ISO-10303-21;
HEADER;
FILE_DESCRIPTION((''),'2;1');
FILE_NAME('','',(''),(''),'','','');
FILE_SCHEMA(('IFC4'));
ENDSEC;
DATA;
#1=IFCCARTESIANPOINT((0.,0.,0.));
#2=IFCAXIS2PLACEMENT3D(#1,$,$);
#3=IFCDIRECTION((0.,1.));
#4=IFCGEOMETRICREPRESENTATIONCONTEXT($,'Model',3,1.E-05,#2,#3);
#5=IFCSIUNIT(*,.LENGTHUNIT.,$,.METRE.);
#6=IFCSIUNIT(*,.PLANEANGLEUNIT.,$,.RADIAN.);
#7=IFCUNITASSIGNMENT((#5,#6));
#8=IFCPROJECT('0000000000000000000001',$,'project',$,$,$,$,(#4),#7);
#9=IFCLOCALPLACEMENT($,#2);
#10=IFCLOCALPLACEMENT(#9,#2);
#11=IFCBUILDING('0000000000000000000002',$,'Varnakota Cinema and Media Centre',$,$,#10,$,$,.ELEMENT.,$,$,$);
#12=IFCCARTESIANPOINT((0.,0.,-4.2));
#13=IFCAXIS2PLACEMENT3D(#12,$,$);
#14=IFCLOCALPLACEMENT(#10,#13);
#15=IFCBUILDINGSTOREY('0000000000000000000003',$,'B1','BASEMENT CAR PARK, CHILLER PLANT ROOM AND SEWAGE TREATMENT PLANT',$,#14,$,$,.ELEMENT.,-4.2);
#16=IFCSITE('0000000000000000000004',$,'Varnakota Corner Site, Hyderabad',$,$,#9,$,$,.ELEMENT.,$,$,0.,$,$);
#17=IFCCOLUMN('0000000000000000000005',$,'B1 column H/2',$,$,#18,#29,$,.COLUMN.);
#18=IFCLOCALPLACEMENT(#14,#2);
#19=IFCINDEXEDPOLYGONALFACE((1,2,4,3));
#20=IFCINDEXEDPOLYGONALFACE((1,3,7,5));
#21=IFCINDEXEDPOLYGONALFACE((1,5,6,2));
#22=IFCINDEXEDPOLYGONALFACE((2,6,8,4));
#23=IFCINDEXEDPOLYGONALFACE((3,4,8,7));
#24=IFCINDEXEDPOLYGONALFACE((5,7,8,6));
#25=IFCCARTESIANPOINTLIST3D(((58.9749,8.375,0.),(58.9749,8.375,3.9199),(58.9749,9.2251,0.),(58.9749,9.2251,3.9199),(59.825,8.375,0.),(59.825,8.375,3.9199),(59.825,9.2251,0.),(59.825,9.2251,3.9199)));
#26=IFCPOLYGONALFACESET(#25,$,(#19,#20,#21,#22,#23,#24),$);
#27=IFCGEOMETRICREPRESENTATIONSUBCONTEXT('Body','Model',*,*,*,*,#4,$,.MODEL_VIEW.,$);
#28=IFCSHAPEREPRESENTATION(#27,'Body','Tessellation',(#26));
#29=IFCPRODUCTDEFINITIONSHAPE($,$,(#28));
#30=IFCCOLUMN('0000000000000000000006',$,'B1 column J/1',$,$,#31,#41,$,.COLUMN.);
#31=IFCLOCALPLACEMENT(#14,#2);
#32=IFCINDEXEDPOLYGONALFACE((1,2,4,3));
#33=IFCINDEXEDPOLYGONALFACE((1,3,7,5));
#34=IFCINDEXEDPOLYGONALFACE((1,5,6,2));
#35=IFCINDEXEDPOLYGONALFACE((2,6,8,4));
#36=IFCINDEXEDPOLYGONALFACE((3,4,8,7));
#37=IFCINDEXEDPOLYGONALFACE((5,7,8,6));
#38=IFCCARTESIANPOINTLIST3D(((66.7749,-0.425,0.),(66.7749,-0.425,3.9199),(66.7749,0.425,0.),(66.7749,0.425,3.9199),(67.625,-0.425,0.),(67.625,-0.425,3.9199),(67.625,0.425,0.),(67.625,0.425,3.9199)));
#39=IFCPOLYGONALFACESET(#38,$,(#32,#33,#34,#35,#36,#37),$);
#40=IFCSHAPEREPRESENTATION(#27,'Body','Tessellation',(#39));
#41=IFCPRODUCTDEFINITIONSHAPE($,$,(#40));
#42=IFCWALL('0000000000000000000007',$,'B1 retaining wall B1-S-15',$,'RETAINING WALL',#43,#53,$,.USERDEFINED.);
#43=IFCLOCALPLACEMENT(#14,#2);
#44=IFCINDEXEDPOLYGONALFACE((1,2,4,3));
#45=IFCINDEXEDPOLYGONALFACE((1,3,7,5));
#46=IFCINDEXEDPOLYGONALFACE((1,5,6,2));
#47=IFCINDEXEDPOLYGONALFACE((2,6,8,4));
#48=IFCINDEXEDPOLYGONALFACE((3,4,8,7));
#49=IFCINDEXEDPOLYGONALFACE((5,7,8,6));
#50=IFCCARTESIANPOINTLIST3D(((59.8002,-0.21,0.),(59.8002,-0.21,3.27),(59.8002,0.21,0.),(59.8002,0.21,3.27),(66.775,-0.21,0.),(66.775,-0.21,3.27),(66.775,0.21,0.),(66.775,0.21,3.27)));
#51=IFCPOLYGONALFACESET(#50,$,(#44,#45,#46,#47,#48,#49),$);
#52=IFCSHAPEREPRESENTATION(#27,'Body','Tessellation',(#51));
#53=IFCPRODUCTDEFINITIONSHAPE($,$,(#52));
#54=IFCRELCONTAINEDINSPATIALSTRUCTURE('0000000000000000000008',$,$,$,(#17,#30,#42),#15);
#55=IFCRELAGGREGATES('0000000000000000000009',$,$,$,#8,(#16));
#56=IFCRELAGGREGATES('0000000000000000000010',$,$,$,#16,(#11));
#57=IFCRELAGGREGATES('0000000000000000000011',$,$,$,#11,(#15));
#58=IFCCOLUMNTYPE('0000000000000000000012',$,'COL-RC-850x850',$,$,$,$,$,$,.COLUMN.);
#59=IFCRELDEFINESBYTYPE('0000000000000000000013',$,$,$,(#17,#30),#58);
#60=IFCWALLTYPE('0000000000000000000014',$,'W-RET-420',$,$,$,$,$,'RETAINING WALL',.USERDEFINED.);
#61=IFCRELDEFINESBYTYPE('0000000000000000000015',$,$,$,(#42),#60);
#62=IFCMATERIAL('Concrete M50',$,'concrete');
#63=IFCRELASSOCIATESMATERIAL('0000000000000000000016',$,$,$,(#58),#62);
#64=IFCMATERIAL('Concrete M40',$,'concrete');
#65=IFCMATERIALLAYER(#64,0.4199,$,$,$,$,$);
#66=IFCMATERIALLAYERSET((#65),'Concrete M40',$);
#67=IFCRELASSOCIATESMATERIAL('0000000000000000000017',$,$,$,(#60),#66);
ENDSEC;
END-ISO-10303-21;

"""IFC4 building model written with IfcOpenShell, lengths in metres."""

from ifc_helpers import new_model, si_unit, direction, frame, frame_2d, origin, origin_2d, place, context, subcontext, project, spatial, rectangle, extrude, material, layer, layer_set, material_profile, profile_set, type_object, element, save


model = new_model("IFC4")

# Units and contexts
model_context = context("Model", 3, precision=1e-05, world=origin(), true_north=direction((0.0, 1.0)))
body_context = subcontext(model_context, "Body", "Model", "MODEL_VIEW")
ifc_project = project(units=[si_unit("LENGTHUNIT", "METRE"), si_unit("PLANEANGLEUNIT", "RADIAN")], contexts=[model_context])

# Site, building, storey
site_placement = place(None, origin())
site = spatial("IfcSite", under=ifc_project, at=site_placement, Name="Varnakota Corner Site, Hyderabad", CompositionType="ELEMENT", RefElevation=0.0)
building_placement = place(site_placement, origin())
building = spatial("IfcBuilding", under=site, at=building_placement, Name="Varnakota Cinema and Media Centre", CompositionType="ELEMENT")
storey_placement = place(building_placement, frame((0.0, 0.0, -4.2)))
storey = spatial("IfcBuildingStorey", under=building, at=storey_placement, Name="B1", Description="BASEMENT CAR PARK, CHILLER PLANT ROOM AND SEWAGE TREATMENT PLANT", CompositionType="ELEMENT", Elevation=-4.2)

# Columns
ifc_material_1 = material(Name="Concrete M50", Category="concrete")
ifc_material_profile_1 = material_profile(ifc_material_1, rectangle(XDim=0.8501, YDim=0.8501, at=origin_2d()), Name="RC 850x850")
ifc_profile_set_1 = profile_set([ifc_material_profile_1], Name="Concrete M50")
column_type_1 = type_object("IfcColumnType", Name="COL-RC-850x850", PredefinedType="COLUMN", material=ifc_profile_set_1)
for number, where, z_axis, x_axis, name in (
    (1, (59.3999, 8.8, 0.0), (0.0, 0.0, 1.0), (1.0, 0.0, 0.0), "B1 column H/2"),
    (2, (67.2, 0.0, 0.0), (0.0, 0.0, 1.0), (1.0, 0.0, 0.0), "B1 column J/1"),
):
    element("IfcColumn", number, at=place(storey_placement, frame(where, z_axis=z_axis, x_axis=x_axis)), inside=storey, type_object=column_type_1, Name=name, PredefinedType="COLUMN", context=body_context, shape_type="SweptSolid", body=[
        extrude(rectangle(XDim=0.8501, YDim=0.8501, at=origin_2d()), origin(), (0.0, 0.0, 1.0), 3.9199),
    ])

# Wall
ifc_material_2 = material(Name="Concrete M40", Category="concrete")
ifc_layer = layer(ifc_material_2, 0.4199)
ifc_layer_set = layer_set([ifc_layer], Name="Concrete M40")
wall_type = type_object("IfcWallType", Name="W-RET-420", ElementType="RETAINING WALL", PredefinedType="USERDEFINED", material=ifc_layer_set)
wall_placement = place(storey_placement, frame((66.7749, 0.0, 0.0), z_axis=(0.0, 0.0, 1.0), x_axis=(-1.0, 0.0, 0.0)))
element("IfcWall", 3, at=wall_placement, inside=storey, type_object=wall_type, Name="B1 retaining wall B1-S-15", ObjectType="RETAINING WALL", PredefinedType="USERDEFINED", context=body_context, shape_type="SweptSolid", body=[
    extrude(rectangle(XDim=6.9749, YDim=0.4199, at=frame_2d((3.4873, 0.0))), origin(), (0.0, 0.0, 1.0), 3.27),
])

save(model, "model.ifc")
